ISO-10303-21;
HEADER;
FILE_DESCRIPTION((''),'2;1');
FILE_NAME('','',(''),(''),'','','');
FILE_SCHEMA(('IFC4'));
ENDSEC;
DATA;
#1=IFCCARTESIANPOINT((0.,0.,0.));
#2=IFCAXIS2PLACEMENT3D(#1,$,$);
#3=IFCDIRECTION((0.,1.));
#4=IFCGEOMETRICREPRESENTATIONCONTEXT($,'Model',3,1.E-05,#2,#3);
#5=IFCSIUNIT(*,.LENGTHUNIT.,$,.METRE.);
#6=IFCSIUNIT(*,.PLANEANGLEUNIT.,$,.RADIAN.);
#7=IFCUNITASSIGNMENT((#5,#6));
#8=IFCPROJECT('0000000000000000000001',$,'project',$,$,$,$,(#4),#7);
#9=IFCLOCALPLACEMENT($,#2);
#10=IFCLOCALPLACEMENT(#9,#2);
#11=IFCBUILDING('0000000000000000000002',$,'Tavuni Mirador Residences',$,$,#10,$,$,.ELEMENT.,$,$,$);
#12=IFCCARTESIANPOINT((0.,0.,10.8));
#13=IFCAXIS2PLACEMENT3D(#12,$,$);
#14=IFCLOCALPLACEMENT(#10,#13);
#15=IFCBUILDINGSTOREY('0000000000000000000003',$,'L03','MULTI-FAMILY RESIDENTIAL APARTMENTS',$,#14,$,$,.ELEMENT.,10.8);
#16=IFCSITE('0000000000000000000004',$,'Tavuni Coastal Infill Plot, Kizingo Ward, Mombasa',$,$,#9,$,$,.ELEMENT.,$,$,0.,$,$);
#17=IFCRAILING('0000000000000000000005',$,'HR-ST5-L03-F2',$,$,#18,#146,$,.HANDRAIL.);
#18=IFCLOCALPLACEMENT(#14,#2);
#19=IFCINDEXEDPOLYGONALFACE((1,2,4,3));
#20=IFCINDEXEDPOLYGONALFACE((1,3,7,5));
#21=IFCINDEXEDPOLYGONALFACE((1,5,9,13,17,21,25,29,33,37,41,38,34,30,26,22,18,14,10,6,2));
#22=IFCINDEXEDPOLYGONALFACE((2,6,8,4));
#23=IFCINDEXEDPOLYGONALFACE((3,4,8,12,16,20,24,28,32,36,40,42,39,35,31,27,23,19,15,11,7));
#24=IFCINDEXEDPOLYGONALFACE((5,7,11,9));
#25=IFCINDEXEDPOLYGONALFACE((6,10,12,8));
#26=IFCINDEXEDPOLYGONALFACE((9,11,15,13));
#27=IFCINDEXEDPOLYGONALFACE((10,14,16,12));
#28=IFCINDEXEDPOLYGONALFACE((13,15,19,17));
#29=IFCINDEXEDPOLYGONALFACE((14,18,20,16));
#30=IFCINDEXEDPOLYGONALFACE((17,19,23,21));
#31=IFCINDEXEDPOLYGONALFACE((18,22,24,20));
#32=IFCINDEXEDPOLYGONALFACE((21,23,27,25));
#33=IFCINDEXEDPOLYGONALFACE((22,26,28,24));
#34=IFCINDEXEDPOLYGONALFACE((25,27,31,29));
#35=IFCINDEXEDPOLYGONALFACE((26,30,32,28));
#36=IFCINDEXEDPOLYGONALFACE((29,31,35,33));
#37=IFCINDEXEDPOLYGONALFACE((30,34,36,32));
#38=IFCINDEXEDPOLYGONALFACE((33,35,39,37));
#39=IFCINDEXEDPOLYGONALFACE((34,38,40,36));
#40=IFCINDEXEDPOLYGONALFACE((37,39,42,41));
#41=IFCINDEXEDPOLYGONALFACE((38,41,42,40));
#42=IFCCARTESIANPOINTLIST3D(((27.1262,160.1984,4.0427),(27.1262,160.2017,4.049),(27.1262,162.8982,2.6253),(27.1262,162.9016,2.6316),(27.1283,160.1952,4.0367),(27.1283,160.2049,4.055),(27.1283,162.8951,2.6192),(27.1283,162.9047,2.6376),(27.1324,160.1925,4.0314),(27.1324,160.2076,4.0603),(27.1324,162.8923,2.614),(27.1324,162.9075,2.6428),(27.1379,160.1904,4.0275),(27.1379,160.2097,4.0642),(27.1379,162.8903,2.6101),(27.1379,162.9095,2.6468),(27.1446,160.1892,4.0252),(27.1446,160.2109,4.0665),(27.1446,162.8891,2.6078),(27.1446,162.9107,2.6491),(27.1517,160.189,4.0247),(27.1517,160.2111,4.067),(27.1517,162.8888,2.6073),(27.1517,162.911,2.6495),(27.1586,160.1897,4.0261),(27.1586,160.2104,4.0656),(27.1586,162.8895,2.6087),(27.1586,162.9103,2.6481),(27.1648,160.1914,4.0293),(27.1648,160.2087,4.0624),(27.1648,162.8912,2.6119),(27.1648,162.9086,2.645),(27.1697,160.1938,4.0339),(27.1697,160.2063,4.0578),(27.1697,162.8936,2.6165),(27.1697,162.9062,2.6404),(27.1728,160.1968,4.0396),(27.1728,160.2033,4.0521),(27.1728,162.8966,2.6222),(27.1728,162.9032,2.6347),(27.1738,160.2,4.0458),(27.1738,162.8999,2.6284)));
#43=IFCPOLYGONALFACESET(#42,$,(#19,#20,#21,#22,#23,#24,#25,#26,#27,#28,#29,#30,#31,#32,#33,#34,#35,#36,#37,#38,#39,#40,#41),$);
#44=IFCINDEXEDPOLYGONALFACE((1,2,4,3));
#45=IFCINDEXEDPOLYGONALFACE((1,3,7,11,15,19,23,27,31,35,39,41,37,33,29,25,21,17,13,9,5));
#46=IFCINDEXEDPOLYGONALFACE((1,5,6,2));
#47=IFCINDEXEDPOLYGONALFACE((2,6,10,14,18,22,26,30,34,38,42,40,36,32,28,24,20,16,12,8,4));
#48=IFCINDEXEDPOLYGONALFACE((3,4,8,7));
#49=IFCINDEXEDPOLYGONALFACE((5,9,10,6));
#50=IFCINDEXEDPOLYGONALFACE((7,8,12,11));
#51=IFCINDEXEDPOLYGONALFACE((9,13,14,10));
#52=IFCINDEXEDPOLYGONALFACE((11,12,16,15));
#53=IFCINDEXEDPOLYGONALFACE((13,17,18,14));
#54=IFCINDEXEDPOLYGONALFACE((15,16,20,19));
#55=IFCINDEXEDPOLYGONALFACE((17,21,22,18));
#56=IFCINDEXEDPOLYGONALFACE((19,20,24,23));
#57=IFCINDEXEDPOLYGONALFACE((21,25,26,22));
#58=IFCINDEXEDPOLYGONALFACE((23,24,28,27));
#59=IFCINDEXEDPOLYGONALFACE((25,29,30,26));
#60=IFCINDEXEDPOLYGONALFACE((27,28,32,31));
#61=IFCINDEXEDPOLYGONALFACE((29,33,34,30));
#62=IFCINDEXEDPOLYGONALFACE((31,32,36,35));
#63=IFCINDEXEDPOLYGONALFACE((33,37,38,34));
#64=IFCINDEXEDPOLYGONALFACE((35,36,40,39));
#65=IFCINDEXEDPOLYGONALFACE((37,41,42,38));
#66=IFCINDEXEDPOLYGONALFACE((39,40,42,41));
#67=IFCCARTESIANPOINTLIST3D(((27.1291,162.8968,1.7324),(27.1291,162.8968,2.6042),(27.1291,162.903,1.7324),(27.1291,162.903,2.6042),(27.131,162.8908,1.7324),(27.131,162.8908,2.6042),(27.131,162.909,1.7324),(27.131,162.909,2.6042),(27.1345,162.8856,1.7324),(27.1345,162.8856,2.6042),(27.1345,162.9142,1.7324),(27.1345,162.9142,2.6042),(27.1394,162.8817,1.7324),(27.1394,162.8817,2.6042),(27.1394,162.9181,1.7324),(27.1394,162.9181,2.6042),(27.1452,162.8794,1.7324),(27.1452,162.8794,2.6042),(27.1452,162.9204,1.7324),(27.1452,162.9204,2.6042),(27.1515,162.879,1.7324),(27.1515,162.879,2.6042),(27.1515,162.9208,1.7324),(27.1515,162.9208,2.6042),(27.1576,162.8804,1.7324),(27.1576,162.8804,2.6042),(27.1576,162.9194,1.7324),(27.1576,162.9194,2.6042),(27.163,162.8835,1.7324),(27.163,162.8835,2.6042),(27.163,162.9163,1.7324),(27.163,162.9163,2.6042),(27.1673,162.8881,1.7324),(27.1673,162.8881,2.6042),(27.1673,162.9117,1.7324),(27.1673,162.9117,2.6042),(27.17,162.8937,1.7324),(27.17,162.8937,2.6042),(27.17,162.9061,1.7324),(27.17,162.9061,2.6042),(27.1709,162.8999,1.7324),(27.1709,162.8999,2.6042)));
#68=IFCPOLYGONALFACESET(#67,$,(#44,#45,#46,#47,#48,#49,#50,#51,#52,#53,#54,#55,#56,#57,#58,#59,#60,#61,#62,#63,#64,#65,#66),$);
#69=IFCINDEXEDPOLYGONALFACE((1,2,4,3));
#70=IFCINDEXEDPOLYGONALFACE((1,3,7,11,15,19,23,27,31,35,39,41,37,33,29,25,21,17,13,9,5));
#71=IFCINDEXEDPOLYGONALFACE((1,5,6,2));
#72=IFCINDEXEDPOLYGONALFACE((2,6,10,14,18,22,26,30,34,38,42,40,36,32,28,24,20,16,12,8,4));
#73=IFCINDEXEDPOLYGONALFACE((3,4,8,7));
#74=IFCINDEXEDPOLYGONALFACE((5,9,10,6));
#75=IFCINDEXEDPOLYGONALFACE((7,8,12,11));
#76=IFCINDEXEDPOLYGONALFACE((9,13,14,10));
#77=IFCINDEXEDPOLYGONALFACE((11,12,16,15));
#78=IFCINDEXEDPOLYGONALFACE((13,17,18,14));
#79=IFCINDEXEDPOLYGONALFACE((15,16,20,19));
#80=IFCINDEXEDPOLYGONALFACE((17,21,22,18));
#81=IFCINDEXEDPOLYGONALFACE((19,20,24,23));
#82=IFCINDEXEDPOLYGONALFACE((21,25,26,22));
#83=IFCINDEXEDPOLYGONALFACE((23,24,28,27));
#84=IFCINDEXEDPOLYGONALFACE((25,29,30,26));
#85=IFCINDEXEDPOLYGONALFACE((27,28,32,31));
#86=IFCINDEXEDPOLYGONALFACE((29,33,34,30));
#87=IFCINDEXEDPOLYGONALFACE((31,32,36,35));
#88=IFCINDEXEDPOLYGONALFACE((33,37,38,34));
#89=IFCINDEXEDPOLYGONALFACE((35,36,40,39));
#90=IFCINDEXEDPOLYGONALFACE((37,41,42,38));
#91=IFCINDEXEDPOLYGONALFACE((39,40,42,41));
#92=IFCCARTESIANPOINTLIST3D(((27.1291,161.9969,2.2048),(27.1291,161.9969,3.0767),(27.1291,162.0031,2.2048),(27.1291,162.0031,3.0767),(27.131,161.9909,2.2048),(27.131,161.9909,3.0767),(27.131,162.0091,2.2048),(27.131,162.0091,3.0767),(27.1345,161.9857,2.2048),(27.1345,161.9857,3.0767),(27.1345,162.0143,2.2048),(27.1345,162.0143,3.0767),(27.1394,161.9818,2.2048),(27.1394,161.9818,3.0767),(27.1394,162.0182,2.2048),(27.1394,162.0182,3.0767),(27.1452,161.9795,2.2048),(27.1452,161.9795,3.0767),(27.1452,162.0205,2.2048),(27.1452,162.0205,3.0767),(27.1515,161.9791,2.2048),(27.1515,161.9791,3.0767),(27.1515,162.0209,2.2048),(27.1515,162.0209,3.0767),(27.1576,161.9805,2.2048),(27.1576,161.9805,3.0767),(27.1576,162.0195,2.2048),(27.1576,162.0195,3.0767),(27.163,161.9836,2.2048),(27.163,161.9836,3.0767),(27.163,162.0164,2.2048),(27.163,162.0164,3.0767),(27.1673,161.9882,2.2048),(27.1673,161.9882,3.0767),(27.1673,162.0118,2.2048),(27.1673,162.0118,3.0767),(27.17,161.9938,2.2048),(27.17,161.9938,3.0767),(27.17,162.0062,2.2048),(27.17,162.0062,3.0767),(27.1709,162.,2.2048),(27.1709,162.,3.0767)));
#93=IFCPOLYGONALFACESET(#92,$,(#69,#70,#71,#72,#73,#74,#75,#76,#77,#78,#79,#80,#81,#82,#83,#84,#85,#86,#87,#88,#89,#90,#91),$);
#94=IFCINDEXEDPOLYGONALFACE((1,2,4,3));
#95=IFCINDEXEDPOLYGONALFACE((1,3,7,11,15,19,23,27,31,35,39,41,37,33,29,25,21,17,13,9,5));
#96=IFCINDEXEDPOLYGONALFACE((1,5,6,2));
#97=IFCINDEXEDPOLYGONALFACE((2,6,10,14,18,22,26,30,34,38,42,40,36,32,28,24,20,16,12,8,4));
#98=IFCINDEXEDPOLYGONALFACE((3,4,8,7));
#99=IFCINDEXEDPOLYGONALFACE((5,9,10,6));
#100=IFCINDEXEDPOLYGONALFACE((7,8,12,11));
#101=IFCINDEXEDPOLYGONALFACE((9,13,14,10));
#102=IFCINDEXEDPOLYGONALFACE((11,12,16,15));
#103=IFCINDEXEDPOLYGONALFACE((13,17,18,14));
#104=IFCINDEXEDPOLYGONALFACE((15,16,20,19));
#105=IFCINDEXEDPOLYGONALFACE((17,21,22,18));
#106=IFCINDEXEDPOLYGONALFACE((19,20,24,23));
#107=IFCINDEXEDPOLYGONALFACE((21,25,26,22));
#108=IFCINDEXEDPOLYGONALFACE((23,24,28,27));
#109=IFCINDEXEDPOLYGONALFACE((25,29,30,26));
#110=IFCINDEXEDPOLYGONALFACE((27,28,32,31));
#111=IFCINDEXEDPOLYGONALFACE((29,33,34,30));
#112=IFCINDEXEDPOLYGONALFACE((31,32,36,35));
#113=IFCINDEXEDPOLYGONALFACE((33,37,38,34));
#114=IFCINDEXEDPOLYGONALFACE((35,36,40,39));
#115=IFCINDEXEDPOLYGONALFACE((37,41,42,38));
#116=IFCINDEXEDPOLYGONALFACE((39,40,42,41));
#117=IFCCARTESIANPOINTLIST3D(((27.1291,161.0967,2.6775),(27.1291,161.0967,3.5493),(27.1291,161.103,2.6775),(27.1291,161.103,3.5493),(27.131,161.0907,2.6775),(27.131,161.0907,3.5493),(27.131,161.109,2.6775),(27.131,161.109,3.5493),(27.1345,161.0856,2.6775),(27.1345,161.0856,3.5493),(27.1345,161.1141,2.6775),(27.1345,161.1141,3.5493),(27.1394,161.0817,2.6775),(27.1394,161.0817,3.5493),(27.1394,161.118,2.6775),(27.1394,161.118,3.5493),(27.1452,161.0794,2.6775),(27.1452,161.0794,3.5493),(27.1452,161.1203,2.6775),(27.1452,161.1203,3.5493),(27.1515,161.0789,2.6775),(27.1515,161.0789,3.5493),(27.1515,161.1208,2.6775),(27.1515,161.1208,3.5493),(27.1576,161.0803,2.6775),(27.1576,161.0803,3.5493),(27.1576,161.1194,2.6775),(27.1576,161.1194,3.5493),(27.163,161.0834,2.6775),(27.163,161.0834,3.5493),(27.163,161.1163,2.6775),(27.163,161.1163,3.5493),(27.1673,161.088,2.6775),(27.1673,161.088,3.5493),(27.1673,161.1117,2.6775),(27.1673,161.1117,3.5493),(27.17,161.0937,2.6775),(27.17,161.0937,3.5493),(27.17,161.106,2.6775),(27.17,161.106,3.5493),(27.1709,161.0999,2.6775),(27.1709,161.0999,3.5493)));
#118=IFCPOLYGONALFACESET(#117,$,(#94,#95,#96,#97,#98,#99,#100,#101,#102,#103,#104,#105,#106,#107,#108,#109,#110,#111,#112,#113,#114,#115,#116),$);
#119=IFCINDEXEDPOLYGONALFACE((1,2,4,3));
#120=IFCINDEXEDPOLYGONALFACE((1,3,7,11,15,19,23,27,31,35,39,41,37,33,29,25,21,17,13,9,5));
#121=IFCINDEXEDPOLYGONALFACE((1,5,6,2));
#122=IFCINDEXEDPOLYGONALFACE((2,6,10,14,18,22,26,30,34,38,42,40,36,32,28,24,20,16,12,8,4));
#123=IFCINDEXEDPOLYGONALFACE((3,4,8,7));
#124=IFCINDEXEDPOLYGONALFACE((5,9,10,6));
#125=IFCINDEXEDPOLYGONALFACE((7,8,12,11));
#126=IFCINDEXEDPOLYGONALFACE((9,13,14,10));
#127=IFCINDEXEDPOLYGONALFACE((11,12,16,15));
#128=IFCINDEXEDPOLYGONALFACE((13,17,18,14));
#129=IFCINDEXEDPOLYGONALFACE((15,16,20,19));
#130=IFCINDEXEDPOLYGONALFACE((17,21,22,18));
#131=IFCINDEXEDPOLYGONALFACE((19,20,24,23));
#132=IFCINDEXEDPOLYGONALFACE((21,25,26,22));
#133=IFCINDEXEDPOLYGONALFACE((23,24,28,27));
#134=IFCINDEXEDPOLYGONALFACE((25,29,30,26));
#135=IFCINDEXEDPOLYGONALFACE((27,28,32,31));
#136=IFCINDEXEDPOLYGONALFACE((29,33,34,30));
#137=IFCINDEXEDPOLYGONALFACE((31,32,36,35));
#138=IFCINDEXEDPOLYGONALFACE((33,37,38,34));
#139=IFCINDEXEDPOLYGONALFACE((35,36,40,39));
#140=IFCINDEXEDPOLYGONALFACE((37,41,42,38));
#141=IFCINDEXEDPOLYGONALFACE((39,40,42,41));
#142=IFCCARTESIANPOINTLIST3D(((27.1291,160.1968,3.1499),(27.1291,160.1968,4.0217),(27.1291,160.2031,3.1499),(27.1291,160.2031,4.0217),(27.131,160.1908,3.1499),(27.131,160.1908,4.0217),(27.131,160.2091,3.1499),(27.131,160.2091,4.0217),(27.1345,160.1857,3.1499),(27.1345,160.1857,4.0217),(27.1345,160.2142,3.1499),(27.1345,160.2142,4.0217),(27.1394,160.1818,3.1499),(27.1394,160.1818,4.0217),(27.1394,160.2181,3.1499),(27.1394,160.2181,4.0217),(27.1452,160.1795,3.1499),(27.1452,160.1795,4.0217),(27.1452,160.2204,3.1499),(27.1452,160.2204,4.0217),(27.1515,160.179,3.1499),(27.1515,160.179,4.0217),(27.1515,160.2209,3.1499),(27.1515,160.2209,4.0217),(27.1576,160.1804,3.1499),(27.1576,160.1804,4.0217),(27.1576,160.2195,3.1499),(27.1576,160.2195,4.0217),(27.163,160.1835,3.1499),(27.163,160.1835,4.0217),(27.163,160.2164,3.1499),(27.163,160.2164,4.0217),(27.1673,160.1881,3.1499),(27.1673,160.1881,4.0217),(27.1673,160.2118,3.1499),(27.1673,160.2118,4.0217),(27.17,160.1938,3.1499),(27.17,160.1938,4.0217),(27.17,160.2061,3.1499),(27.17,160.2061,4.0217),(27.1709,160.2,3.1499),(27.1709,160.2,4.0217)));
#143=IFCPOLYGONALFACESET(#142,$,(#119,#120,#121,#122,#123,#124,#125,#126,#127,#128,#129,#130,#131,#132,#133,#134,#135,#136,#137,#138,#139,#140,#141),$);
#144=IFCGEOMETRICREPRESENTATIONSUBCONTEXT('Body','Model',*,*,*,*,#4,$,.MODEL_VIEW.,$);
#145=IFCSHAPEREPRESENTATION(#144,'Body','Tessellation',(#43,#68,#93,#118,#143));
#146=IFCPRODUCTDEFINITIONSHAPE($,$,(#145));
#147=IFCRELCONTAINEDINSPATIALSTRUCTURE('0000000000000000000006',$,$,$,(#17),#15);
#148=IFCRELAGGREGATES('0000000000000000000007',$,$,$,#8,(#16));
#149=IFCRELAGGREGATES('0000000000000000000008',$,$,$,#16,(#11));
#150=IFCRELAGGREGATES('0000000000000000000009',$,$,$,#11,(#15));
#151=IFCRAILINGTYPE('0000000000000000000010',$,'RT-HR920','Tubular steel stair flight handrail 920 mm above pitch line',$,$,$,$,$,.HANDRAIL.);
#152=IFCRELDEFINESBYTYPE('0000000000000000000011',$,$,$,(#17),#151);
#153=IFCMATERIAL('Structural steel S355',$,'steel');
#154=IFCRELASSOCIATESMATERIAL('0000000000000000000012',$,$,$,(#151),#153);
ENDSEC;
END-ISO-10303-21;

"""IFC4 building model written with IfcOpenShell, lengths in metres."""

from ifc_helpers import new_model, si_unit, direction, frame, origin, origin_2d, place, context, subcontext, project, spatial, circle, extrude, material, type_object, element, save


model = new_model("IFC4")

# Units and contexts
model_context = context("Model", 3, precision=1e-05, world=origin(), true_north=direction((0.0, 1.0)))
body_context = subcontext(model_context, "Body", "Model", "MODEL_VIEW")
ifc_project = project(units=[si_unit("LENGTHUNIT", "METRE"), si_unit("PLANEANGLEUNIT", "RADIAN")], contexts=[model_context])

# Site, building, storey
site_placement = place(None, origin())
site = spatial("IfcSite", under=ifc_project, at=site_placement, Name="Tavuni Coastal Infill Plot, Kizingo Ward, Mombasa", CompositionType="ELEMENT", RefElevation=0.0)
building_placement = place(site_placement, origin())
building = spatial("IfcBuilding", under=site, at=building_placement, Name="Tavuni Mirador Residences", CompositionType="ELEMENT")
storey_placement = place(building_placement, frame((0.0, 0.0, 10.8)))
storey = spatial("IfcBuildingStorey", under=building, at=storey_placement, Name="L03", Description="MULTI-FAMILY RESIDENTIAL APARTMENTS", CompositionType="ELEMENT", Elevation=10.8)

# Shared definitions
ifc_material_1 = material(Name="Structural steel S355", Category="steel")

# Railing
railing_type_1 = type_object("IfcRailingType", Name="RT-HR920", Description="Tubular steel stair flight handrail 920 mm above pitch line", PredefinedType="HANDRAIL", material=ifc_material_1)
railing_1_placement = place(storey_placement, frame((27.1499, 162.8999, 1.7324)))
element("IfcRailing", 1, at=railing_1_placement, inside=storey, type_object=railing_type_1, Name="HR-ST5-L03-F2", PredefinedType="HANDRAIL", context=body_context, shape_type="SweptSolid", body=[
    extrude(circle(Radius=0.0239, at=origin_2d()), frame((0.0, 0.0, 0.896), z_axis=(0.0, -0.885397, 0.464835), x_axis=(1.0, 0.0, 0.0)), (0.0, 0.0, 1.0), 3.0493),
    extrude(circle(Radius=0.021, at=origin_2d()), origin(), (0.0, 0.0, 1.0), 0.8718),
    extrude(circle(Radius=0.021, at=origin_2d()), frame((0.0, -0.8999, 0.4724)), (0.0, 0.0, 1.0), 0.8718),
    extrude(circle(Radius=0.021, at=origin_2d()), frame((0.0, -1.8, 0.9451)), (0.0, 0.0, 1.0), 0.8718),
    extrude(circle(Radius=0.021, at=origin_2d()), frame((0.0, -2.7, 1.4175)), (0.0, 0.0, 1.0), 0.8718),
])

save(model, "model.ifc")
